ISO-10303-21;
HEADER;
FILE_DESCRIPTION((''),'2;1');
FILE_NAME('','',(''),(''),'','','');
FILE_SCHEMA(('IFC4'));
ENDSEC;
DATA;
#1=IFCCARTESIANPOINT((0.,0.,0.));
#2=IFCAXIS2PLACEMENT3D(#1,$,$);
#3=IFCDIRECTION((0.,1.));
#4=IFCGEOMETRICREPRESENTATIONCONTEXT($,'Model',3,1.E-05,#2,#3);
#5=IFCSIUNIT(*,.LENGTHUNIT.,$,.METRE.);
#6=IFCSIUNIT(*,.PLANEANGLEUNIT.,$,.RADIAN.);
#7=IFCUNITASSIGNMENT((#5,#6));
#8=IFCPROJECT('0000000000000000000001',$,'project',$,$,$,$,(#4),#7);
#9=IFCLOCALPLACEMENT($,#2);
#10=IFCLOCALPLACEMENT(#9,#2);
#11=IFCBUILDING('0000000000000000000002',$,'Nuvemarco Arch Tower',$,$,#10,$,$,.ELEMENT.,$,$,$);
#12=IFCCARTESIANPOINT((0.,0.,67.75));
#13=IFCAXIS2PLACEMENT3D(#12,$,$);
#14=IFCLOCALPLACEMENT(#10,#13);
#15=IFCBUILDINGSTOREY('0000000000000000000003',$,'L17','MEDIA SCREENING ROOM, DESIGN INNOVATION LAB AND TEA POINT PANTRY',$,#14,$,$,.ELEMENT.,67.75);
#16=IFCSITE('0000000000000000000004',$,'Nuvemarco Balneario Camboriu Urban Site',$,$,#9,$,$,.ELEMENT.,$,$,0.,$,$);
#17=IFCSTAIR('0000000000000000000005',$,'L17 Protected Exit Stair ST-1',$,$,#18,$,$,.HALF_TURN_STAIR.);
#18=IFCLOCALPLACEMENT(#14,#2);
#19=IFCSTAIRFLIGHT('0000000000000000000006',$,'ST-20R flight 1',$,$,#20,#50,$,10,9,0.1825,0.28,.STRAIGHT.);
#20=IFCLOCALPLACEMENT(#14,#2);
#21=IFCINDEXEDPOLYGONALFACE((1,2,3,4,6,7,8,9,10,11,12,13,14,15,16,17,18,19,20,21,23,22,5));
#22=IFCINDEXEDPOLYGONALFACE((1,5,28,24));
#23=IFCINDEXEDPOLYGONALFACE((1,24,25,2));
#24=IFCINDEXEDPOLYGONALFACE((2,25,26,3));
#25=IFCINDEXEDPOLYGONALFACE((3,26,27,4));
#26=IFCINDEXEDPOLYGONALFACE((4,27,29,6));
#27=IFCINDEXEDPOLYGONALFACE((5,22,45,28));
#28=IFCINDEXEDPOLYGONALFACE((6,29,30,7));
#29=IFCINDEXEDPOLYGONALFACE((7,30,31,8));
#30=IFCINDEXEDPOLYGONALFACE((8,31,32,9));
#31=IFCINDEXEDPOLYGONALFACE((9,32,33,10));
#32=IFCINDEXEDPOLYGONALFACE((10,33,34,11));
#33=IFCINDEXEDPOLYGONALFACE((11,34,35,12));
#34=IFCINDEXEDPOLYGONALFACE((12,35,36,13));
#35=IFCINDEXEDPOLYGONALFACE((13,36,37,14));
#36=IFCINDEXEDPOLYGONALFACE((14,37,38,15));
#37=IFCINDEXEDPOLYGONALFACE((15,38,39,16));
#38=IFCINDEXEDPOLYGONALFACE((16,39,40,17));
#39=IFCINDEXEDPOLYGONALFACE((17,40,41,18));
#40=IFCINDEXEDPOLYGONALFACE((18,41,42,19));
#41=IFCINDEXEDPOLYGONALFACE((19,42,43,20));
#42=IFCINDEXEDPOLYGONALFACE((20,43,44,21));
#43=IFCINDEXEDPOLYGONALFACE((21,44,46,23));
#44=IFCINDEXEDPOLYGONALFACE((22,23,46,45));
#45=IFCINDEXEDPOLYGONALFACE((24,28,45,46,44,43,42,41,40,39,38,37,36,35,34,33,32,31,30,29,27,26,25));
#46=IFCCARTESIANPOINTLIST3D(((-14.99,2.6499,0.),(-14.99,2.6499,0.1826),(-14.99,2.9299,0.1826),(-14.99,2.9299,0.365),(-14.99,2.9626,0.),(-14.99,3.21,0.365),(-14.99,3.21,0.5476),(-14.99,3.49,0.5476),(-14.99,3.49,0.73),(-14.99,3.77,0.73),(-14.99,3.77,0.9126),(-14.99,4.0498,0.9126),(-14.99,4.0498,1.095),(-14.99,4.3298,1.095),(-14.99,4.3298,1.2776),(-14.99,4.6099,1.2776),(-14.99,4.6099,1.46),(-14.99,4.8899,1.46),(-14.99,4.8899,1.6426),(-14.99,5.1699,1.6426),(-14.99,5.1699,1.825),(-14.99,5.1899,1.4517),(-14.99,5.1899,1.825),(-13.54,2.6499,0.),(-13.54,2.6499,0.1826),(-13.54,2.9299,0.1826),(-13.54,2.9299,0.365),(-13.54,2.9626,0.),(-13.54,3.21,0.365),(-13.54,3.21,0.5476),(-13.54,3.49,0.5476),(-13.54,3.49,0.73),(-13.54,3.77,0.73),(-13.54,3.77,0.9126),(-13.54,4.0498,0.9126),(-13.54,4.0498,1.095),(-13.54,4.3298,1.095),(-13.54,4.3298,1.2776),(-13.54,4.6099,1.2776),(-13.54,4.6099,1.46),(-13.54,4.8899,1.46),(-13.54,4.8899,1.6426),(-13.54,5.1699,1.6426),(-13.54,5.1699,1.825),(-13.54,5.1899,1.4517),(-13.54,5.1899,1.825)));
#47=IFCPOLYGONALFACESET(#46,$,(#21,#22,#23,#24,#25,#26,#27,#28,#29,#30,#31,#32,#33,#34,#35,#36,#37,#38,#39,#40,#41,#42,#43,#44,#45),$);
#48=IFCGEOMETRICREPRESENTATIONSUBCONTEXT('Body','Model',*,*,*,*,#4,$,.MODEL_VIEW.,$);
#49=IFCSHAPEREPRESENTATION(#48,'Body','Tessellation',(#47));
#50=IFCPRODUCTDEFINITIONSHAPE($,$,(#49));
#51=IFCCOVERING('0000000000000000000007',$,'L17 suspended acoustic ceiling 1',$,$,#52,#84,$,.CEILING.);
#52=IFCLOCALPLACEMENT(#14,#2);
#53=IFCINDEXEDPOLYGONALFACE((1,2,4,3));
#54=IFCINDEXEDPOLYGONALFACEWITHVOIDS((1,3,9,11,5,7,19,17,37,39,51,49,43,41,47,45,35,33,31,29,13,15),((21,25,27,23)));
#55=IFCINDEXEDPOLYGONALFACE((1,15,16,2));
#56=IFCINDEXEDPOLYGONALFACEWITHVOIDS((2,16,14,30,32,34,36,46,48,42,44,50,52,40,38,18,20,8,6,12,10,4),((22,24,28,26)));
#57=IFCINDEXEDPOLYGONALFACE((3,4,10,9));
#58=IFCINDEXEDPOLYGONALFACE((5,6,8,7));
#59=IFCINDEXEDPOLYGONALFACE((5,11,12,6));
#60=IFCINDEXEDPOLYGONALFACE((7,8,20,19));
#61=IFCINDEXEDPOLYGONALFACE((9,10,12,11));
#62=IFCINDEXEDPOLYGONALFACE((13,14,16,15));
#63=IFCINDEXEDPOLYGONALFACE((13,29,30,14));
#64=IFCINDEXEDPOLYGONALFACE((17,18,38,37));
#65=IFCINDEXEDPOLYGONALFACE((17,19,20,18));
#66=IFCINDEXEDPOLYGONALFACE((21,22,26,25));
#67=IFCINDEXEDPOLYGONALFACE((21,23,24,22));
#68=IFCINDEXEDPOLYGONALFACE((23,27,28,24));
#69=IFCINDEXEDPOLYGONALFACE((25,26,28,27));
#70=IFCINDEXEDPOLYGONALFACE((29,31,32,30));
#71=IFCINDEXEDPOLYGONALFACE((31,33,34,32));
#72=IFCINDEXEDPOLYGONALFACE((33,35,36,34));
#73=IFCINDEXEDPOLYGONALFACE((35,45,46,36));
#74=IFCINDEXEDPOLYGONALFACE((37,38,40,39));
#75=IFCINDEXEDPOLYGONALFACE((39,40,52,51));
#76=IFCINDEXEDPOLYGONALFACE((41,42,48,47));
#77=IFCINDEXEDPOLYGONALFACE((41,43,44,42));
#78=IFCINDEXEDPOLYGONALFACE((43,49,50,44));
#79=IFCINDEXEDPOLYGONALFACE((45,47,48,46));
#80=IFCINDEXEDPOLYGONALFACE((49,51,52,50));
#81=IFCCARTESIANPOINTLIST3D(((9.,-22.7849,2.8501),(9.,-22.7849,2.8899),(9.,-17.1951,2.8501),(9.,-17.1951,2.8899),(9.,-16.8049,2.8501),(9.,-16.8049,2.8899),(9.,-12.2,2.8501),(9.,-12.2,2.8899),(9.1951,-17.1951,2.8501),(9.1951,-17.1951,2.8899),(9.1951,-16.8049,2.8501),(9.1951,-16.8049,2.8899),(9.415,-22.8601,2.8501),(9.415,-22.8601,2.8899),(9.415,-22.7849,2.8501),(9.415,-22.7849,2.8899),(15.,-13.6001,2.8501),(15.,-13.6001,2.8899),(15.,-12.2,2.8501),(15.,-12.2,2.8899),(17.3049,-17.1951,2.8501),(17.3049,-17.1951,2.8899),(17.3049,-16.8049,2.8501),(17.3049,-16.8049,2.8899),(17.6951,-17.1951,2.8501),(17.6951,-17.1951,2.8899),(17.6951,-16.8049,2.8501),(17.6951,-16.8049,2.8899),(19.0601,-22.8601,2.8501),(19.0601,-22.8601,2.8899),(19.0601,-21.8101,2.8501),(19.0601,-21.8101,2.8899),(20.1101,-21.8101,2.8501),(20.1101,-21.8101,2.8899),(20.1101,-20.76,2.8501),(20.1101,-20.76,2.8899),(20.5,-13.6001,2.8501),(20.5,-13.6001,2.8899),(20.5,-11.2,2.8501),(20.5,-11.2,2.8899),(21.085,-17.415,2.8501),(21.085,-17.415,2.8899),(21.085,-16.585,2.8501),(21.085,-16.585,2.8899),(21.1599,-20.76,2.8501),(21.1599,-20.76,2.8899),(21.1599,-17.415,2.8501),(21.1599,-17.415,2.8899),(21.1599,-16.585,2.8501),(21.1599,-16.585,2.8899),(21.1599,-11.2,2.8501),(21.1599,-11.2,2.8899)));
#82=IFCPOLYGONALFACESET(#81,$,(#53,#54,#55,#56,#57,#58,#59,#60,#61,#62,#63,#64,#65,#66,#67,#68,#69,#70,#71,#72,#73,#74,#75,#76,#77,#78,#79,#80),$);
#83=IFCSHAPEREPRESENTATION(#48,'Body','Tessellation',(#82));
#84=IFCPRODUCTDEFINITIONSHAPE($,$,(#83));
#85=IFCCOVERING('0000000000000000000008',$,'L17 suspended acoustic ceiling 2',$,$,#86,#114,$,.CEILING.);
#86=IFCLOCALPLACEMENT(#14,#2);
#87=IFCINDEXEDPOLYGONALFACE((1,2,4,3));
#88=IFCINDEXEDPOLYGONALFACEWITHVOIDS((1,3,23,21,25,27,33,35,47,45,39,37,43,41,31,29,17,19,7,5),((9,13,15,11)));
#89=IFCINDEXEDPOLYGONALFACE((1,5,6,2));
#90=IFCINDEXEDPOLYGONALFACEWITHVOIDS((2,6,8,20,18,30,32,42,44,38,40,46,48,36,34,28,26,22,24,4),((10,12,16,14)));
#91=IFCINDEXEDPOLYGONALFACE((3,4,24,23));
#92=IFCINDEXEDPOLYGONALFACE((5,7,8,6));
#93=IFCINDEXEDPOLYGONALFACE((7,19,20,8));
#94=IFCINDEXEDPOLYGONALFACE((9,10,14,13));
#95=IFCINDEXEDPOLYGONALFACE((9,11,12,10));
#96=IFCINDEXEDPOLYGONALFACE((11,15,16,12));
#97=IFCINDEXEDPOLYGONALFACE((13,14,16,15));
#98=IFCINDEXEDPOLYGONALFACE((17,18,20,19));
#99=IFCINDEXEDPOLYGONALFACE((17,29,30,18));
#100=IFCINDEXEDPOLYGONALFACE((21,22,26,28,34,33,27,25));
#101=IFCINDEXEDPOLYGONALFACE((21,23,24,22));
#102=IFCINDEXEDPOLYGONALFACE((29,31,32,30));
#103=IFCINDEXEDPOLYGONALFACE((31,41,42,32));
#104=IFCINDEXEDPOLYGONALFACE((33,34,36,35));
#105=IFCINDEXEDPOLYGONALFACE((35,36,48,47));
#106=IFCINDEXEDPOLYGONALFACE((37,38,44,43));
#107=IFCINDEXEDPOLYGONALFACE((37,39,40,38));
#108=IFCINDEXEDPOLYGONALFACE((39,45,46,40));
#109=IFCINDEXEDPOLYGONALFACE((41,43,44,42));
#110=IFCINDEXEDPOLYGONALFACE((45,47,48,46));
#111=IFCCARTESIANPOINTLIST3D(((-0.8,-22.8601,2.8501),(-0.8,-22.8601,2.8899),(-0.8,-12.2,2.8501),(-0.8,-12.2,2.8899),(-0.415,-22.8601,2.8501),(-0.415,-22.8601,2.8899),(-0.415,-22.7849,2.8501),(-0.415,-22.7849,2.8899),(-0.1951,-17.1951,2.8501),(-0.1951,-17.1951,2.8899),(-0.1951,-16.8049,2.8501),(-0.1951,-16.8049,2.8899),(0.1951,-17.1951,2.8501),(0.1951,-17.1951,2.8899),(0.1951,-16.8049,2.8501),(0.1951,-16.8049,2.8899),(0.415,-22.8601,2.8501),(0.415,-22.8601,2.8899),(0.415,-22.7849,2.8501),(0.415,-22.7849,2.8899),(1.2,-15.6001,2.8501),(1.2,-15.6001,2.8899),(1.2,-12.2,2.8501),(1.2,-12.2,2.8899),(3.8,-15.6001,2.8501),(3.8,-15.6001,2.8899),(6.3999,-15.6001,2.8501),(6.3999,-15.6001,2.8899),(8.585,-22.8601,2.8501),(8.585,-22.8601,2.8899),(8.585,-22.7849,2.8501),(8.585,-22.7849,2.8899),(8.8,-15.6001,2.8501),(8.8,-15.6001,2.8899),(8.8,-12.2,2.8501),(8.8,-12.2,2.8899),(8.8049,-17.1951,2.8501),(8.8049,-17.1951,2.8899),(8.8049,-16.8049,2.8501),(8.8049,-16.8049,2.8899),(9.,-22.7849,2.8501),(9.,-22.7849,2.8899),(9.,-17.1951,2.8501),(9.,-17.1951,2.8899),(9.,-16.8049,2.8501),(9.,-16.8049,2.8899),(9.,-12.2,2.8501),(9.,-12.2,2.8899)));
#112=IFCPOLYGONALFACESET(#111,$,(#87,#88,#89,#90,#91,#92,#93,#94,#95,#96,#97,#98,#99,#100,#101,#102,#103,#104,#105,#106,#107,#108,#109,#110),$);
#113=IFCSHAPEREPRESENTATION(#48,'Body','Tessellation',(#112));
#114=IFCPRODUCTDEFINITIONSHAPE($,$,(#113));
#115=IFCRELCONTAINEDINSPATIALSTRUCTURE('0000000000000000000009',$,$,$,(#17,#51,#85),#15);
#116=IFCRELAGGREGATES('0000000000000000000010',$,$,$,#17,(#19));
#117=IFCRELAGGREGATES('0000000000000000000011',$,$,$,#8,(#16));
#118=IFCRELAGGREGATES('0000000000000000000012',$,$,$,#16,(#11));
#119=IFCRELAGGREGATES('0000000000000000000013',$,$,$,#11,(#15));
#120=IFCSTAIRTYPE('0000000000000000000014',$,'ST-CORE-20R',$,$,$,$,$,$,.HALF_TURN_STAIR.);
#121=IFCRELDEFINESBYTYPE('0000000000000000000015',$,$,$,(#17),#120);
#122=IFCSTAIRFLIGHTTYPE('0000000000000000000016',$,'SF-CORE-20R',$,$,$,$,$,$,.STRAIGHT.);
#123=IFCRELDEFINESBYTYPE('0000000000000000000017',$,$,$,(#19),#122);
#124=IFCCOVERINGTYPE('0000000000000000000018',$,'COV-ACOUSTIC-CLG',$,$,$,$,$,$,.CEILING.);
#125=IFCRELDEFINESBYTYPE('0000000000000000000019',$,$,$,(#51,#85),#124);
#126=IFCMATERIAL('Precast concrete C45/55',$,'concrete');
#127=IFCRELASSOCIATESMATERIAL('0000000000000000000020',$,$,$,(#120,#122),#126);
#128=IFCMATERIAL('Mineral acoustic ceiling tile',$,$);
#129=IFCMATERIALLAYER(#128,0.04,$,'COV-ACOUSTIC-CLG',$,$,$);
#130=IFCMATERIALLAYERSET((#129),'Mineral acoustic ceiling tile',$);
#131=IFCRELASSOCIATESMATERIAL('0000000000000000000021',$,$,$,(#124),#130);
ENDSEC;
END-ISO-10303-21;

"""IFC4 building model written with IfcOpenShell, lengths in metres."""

from ifc_helpers import new_model, si_unit, direction, frame, origin, place, context, subcontext, project, spatial, polyline, outline, extrude, material, layer, layer_set, type_object, element, aggregate, save


model = new_model("IFC4")

# Units and contexts
model_context = context("Model", 3, precision=1e-05, world=origin(), true_north=direction((0.0, 1.0)))
body_context = subcontext(model_context, "Body", "Model", "MODEL_VIEW")
ifc_project = project(units=[si_unit("LENGTHUNIT", "METRE"), si_unit("PLANEANGLEUNIT", "RADIAN")], contexts=[model_context])

# Site, building, storey
site_placement = place(None, origin())
site = spatial("IfcSite", under=ifc_project, at=site_placement, Name="Nuvemarco Balneario Camboriu Urban Site", CompositionType="ELEMENT", RefElevation=0.0)
building_placement = place(site_placement, origin())
building = spatial("IfcBuilding", under=site, at=building_placement, Name="Nuvemarco Arch Tower", CompositionType="ELEMENT")
storey_placement = place(building_placement, frame((0.0, 0.0, 67.75)))
storey = spatial("IfcBuildingStorey", under=building, at=storey_placement, Name="L17", Description="MEDIA SCREENING ROOM, DESIGN INNOVATION LAB AND TEA POINT PANTRY", CompositionType="ELEMENT", Elevation=67.75)

# Stair
ifc_material_1 = material(Name="Precast concrete C45/55", Category="concrete")
stair_type = type_object("IfcStairType", Name="ST-CORE-20R", PredefinedType="HALF_TURN_STAIR", material=ifc_material_1)
stair_1_placement = place(storey_placement, origin())
stair_1 = element("IfcStair", 1, at=stair_1_placement, inside=storey, type_object=stair_type, Name="L17 Protected Exit Stair ST-1", PredefinedType="HALF_TURN_STAIR")

# Stair flight
stair_flight_type = type_object("IfcStairFlightType", Name="SF-CORE-20R", PredefinedType="STRAIGHT", material=ifc_material_1)
stair_flight_placement = place(storey_placement, frame((-14.2649, 2.6499, 0.0), z_axis=(0.0, 0.0, 1.0), x_axis=(0.0, 1.0, 0.0)))
stair_flight = element("IfcStairFlight", 2, at=stair_flight_placement, type_object=stair_flight_type, Name="ST-20R flight 1", NumberOfRisers=10, NumberOfTreads=9, PredefinedType="STRAIGHT", RiserHeight=0.1825, TreadLength=0.28, context=body_context, shape_type="SweptSolid", body=[
    extrude(outline(polyline([(0.0, 0.0), (0.0, 0.1826), (0.28, 0.1826), (0.28, 0.365), (0.5601, 0.365), (0.5601, 0.5476), (0.8401, 0.5476), (0.8401, 0.73), (1.1201, 0.73), (1.1201, 0.9126), (1.3999, 0.9126), (1.3999, 1.095), (1.6799, 1.095), (1.6799, 1.2776), (1.96, 1.2776), (1.96, 1.46), (2.24, 1.46), (2.24, 1.6426), (2.52, 1.6426), (2.52, 1.825), (2.54, 1.825), (2.54, 1.4517), (0.3127, 0.0), (0.0, 0.0)])), frame((0.0, 0.7251, 0.0), z_axis=(0.0, -1.0, 0.0), x_axis=(1.0, 0.0, 0.0)), (0.0, 0.0, 1.0), 1.45),
])
aggregate(stair_1, [stair_flight])

# Coverings
ifc_material_2 = material(Name="Mineral acoustic ceiling tile")
ifc_layer_1 = layer(ifc_material_2, 0.04, Name="COV-ACOUSTIC-CLG")
ifc_layer_set_1 = layer_set([ifc_layer_1], Name="Mineral acoustic ceiling tile")
covering_type = type_object("IfcCoveringType", Name="COV-ACOUSTIC-CLG", PredefinedType="CEILING", material=ifc_layer_set_1)
covering_1_placement = place(storey_placement, frame((0.0, 0.0, 2.8501)))
element("IfcCovering", 3, at=covering_1_placement, inside=storey, type_object=covering_type, Name="L17 suspended acoustic ceiling 1", PredefinedType="CEILING", context=body_context, shape_type="SweptSolid", body=[
    extrude(outline(polyline([(19.0601, -22.8601), (9.415, -22.8601), (9.415, -22.7849), (9.0, -22.7849), (9.0, -17.1951), (9.1951, -17.1951), (9.1951, -16.8049), (9.0, -16.8049), (9.0, -12.2), (15.0, -12.2), (15.0, -13.6001), (20.5, -13.6001), (20.5, -11.2), (21.1599, -11.2), (21.1599, -16.585), (21.085, -16.585), (21.085, -17.415), (21.1599, -17.415), (21.1599, -20.76), (20.1101, -20.76), (20.1101, -21.8101), (19.0601, -21.8101), (19.0601, -22.8601)]), holes=[polyline([(17.6951, -17.1951), (17.6951, -16.8049), (17.3049, -16.8049), (17.3049, -17.1951), (17.6951, -17.1951)])]), origin(), (0.0, 0.0, 1.0), 0.0398),
])
covering_2_placement = place(storey_placement, frame((0.0, 0.0, 2.8501)))
element("IfcCovering", 4, at=covering_2_placement, inside=storey, type_object=covering_type, Name="L17 suspended acoustic ceiling 2", PredefinedType="CEILING", context=body_context, shape_type="SweptSolid", body=[
    extrude(outline(polyline([(3.8, -15.6001), (6.3999, -15.6001), (8.8, -15.6001), (8.8, -12.2), (9.0, -12.2), (9.0, -16.8049), (8.8049, -16.8049), (8.8049, -17.1951), (9.0, -17.1951), (9.0, -22.7849), (8.585, -22.7849), (8.585, -22.8601), (0.415, -22.8601), (0.415, -22.7849), (-0.415, -22.7849), (-0.415, -22.8601), (-0.8, -22.8601), (-0.8, -12.2), (1.2, -12.2), (1.2, -15.6001), (3.8, -15.6001)]), holes=[polyline([(0.1951, -17.1951), (0.1951, -16.8049), (-0.1951, -16.8049), (-0.1951, -17.1951), (0.1951, -17.1951)])]), origin(), (0.0, 0.0, 1.0), 0.0398),
])

save(model, "model.ifc")
